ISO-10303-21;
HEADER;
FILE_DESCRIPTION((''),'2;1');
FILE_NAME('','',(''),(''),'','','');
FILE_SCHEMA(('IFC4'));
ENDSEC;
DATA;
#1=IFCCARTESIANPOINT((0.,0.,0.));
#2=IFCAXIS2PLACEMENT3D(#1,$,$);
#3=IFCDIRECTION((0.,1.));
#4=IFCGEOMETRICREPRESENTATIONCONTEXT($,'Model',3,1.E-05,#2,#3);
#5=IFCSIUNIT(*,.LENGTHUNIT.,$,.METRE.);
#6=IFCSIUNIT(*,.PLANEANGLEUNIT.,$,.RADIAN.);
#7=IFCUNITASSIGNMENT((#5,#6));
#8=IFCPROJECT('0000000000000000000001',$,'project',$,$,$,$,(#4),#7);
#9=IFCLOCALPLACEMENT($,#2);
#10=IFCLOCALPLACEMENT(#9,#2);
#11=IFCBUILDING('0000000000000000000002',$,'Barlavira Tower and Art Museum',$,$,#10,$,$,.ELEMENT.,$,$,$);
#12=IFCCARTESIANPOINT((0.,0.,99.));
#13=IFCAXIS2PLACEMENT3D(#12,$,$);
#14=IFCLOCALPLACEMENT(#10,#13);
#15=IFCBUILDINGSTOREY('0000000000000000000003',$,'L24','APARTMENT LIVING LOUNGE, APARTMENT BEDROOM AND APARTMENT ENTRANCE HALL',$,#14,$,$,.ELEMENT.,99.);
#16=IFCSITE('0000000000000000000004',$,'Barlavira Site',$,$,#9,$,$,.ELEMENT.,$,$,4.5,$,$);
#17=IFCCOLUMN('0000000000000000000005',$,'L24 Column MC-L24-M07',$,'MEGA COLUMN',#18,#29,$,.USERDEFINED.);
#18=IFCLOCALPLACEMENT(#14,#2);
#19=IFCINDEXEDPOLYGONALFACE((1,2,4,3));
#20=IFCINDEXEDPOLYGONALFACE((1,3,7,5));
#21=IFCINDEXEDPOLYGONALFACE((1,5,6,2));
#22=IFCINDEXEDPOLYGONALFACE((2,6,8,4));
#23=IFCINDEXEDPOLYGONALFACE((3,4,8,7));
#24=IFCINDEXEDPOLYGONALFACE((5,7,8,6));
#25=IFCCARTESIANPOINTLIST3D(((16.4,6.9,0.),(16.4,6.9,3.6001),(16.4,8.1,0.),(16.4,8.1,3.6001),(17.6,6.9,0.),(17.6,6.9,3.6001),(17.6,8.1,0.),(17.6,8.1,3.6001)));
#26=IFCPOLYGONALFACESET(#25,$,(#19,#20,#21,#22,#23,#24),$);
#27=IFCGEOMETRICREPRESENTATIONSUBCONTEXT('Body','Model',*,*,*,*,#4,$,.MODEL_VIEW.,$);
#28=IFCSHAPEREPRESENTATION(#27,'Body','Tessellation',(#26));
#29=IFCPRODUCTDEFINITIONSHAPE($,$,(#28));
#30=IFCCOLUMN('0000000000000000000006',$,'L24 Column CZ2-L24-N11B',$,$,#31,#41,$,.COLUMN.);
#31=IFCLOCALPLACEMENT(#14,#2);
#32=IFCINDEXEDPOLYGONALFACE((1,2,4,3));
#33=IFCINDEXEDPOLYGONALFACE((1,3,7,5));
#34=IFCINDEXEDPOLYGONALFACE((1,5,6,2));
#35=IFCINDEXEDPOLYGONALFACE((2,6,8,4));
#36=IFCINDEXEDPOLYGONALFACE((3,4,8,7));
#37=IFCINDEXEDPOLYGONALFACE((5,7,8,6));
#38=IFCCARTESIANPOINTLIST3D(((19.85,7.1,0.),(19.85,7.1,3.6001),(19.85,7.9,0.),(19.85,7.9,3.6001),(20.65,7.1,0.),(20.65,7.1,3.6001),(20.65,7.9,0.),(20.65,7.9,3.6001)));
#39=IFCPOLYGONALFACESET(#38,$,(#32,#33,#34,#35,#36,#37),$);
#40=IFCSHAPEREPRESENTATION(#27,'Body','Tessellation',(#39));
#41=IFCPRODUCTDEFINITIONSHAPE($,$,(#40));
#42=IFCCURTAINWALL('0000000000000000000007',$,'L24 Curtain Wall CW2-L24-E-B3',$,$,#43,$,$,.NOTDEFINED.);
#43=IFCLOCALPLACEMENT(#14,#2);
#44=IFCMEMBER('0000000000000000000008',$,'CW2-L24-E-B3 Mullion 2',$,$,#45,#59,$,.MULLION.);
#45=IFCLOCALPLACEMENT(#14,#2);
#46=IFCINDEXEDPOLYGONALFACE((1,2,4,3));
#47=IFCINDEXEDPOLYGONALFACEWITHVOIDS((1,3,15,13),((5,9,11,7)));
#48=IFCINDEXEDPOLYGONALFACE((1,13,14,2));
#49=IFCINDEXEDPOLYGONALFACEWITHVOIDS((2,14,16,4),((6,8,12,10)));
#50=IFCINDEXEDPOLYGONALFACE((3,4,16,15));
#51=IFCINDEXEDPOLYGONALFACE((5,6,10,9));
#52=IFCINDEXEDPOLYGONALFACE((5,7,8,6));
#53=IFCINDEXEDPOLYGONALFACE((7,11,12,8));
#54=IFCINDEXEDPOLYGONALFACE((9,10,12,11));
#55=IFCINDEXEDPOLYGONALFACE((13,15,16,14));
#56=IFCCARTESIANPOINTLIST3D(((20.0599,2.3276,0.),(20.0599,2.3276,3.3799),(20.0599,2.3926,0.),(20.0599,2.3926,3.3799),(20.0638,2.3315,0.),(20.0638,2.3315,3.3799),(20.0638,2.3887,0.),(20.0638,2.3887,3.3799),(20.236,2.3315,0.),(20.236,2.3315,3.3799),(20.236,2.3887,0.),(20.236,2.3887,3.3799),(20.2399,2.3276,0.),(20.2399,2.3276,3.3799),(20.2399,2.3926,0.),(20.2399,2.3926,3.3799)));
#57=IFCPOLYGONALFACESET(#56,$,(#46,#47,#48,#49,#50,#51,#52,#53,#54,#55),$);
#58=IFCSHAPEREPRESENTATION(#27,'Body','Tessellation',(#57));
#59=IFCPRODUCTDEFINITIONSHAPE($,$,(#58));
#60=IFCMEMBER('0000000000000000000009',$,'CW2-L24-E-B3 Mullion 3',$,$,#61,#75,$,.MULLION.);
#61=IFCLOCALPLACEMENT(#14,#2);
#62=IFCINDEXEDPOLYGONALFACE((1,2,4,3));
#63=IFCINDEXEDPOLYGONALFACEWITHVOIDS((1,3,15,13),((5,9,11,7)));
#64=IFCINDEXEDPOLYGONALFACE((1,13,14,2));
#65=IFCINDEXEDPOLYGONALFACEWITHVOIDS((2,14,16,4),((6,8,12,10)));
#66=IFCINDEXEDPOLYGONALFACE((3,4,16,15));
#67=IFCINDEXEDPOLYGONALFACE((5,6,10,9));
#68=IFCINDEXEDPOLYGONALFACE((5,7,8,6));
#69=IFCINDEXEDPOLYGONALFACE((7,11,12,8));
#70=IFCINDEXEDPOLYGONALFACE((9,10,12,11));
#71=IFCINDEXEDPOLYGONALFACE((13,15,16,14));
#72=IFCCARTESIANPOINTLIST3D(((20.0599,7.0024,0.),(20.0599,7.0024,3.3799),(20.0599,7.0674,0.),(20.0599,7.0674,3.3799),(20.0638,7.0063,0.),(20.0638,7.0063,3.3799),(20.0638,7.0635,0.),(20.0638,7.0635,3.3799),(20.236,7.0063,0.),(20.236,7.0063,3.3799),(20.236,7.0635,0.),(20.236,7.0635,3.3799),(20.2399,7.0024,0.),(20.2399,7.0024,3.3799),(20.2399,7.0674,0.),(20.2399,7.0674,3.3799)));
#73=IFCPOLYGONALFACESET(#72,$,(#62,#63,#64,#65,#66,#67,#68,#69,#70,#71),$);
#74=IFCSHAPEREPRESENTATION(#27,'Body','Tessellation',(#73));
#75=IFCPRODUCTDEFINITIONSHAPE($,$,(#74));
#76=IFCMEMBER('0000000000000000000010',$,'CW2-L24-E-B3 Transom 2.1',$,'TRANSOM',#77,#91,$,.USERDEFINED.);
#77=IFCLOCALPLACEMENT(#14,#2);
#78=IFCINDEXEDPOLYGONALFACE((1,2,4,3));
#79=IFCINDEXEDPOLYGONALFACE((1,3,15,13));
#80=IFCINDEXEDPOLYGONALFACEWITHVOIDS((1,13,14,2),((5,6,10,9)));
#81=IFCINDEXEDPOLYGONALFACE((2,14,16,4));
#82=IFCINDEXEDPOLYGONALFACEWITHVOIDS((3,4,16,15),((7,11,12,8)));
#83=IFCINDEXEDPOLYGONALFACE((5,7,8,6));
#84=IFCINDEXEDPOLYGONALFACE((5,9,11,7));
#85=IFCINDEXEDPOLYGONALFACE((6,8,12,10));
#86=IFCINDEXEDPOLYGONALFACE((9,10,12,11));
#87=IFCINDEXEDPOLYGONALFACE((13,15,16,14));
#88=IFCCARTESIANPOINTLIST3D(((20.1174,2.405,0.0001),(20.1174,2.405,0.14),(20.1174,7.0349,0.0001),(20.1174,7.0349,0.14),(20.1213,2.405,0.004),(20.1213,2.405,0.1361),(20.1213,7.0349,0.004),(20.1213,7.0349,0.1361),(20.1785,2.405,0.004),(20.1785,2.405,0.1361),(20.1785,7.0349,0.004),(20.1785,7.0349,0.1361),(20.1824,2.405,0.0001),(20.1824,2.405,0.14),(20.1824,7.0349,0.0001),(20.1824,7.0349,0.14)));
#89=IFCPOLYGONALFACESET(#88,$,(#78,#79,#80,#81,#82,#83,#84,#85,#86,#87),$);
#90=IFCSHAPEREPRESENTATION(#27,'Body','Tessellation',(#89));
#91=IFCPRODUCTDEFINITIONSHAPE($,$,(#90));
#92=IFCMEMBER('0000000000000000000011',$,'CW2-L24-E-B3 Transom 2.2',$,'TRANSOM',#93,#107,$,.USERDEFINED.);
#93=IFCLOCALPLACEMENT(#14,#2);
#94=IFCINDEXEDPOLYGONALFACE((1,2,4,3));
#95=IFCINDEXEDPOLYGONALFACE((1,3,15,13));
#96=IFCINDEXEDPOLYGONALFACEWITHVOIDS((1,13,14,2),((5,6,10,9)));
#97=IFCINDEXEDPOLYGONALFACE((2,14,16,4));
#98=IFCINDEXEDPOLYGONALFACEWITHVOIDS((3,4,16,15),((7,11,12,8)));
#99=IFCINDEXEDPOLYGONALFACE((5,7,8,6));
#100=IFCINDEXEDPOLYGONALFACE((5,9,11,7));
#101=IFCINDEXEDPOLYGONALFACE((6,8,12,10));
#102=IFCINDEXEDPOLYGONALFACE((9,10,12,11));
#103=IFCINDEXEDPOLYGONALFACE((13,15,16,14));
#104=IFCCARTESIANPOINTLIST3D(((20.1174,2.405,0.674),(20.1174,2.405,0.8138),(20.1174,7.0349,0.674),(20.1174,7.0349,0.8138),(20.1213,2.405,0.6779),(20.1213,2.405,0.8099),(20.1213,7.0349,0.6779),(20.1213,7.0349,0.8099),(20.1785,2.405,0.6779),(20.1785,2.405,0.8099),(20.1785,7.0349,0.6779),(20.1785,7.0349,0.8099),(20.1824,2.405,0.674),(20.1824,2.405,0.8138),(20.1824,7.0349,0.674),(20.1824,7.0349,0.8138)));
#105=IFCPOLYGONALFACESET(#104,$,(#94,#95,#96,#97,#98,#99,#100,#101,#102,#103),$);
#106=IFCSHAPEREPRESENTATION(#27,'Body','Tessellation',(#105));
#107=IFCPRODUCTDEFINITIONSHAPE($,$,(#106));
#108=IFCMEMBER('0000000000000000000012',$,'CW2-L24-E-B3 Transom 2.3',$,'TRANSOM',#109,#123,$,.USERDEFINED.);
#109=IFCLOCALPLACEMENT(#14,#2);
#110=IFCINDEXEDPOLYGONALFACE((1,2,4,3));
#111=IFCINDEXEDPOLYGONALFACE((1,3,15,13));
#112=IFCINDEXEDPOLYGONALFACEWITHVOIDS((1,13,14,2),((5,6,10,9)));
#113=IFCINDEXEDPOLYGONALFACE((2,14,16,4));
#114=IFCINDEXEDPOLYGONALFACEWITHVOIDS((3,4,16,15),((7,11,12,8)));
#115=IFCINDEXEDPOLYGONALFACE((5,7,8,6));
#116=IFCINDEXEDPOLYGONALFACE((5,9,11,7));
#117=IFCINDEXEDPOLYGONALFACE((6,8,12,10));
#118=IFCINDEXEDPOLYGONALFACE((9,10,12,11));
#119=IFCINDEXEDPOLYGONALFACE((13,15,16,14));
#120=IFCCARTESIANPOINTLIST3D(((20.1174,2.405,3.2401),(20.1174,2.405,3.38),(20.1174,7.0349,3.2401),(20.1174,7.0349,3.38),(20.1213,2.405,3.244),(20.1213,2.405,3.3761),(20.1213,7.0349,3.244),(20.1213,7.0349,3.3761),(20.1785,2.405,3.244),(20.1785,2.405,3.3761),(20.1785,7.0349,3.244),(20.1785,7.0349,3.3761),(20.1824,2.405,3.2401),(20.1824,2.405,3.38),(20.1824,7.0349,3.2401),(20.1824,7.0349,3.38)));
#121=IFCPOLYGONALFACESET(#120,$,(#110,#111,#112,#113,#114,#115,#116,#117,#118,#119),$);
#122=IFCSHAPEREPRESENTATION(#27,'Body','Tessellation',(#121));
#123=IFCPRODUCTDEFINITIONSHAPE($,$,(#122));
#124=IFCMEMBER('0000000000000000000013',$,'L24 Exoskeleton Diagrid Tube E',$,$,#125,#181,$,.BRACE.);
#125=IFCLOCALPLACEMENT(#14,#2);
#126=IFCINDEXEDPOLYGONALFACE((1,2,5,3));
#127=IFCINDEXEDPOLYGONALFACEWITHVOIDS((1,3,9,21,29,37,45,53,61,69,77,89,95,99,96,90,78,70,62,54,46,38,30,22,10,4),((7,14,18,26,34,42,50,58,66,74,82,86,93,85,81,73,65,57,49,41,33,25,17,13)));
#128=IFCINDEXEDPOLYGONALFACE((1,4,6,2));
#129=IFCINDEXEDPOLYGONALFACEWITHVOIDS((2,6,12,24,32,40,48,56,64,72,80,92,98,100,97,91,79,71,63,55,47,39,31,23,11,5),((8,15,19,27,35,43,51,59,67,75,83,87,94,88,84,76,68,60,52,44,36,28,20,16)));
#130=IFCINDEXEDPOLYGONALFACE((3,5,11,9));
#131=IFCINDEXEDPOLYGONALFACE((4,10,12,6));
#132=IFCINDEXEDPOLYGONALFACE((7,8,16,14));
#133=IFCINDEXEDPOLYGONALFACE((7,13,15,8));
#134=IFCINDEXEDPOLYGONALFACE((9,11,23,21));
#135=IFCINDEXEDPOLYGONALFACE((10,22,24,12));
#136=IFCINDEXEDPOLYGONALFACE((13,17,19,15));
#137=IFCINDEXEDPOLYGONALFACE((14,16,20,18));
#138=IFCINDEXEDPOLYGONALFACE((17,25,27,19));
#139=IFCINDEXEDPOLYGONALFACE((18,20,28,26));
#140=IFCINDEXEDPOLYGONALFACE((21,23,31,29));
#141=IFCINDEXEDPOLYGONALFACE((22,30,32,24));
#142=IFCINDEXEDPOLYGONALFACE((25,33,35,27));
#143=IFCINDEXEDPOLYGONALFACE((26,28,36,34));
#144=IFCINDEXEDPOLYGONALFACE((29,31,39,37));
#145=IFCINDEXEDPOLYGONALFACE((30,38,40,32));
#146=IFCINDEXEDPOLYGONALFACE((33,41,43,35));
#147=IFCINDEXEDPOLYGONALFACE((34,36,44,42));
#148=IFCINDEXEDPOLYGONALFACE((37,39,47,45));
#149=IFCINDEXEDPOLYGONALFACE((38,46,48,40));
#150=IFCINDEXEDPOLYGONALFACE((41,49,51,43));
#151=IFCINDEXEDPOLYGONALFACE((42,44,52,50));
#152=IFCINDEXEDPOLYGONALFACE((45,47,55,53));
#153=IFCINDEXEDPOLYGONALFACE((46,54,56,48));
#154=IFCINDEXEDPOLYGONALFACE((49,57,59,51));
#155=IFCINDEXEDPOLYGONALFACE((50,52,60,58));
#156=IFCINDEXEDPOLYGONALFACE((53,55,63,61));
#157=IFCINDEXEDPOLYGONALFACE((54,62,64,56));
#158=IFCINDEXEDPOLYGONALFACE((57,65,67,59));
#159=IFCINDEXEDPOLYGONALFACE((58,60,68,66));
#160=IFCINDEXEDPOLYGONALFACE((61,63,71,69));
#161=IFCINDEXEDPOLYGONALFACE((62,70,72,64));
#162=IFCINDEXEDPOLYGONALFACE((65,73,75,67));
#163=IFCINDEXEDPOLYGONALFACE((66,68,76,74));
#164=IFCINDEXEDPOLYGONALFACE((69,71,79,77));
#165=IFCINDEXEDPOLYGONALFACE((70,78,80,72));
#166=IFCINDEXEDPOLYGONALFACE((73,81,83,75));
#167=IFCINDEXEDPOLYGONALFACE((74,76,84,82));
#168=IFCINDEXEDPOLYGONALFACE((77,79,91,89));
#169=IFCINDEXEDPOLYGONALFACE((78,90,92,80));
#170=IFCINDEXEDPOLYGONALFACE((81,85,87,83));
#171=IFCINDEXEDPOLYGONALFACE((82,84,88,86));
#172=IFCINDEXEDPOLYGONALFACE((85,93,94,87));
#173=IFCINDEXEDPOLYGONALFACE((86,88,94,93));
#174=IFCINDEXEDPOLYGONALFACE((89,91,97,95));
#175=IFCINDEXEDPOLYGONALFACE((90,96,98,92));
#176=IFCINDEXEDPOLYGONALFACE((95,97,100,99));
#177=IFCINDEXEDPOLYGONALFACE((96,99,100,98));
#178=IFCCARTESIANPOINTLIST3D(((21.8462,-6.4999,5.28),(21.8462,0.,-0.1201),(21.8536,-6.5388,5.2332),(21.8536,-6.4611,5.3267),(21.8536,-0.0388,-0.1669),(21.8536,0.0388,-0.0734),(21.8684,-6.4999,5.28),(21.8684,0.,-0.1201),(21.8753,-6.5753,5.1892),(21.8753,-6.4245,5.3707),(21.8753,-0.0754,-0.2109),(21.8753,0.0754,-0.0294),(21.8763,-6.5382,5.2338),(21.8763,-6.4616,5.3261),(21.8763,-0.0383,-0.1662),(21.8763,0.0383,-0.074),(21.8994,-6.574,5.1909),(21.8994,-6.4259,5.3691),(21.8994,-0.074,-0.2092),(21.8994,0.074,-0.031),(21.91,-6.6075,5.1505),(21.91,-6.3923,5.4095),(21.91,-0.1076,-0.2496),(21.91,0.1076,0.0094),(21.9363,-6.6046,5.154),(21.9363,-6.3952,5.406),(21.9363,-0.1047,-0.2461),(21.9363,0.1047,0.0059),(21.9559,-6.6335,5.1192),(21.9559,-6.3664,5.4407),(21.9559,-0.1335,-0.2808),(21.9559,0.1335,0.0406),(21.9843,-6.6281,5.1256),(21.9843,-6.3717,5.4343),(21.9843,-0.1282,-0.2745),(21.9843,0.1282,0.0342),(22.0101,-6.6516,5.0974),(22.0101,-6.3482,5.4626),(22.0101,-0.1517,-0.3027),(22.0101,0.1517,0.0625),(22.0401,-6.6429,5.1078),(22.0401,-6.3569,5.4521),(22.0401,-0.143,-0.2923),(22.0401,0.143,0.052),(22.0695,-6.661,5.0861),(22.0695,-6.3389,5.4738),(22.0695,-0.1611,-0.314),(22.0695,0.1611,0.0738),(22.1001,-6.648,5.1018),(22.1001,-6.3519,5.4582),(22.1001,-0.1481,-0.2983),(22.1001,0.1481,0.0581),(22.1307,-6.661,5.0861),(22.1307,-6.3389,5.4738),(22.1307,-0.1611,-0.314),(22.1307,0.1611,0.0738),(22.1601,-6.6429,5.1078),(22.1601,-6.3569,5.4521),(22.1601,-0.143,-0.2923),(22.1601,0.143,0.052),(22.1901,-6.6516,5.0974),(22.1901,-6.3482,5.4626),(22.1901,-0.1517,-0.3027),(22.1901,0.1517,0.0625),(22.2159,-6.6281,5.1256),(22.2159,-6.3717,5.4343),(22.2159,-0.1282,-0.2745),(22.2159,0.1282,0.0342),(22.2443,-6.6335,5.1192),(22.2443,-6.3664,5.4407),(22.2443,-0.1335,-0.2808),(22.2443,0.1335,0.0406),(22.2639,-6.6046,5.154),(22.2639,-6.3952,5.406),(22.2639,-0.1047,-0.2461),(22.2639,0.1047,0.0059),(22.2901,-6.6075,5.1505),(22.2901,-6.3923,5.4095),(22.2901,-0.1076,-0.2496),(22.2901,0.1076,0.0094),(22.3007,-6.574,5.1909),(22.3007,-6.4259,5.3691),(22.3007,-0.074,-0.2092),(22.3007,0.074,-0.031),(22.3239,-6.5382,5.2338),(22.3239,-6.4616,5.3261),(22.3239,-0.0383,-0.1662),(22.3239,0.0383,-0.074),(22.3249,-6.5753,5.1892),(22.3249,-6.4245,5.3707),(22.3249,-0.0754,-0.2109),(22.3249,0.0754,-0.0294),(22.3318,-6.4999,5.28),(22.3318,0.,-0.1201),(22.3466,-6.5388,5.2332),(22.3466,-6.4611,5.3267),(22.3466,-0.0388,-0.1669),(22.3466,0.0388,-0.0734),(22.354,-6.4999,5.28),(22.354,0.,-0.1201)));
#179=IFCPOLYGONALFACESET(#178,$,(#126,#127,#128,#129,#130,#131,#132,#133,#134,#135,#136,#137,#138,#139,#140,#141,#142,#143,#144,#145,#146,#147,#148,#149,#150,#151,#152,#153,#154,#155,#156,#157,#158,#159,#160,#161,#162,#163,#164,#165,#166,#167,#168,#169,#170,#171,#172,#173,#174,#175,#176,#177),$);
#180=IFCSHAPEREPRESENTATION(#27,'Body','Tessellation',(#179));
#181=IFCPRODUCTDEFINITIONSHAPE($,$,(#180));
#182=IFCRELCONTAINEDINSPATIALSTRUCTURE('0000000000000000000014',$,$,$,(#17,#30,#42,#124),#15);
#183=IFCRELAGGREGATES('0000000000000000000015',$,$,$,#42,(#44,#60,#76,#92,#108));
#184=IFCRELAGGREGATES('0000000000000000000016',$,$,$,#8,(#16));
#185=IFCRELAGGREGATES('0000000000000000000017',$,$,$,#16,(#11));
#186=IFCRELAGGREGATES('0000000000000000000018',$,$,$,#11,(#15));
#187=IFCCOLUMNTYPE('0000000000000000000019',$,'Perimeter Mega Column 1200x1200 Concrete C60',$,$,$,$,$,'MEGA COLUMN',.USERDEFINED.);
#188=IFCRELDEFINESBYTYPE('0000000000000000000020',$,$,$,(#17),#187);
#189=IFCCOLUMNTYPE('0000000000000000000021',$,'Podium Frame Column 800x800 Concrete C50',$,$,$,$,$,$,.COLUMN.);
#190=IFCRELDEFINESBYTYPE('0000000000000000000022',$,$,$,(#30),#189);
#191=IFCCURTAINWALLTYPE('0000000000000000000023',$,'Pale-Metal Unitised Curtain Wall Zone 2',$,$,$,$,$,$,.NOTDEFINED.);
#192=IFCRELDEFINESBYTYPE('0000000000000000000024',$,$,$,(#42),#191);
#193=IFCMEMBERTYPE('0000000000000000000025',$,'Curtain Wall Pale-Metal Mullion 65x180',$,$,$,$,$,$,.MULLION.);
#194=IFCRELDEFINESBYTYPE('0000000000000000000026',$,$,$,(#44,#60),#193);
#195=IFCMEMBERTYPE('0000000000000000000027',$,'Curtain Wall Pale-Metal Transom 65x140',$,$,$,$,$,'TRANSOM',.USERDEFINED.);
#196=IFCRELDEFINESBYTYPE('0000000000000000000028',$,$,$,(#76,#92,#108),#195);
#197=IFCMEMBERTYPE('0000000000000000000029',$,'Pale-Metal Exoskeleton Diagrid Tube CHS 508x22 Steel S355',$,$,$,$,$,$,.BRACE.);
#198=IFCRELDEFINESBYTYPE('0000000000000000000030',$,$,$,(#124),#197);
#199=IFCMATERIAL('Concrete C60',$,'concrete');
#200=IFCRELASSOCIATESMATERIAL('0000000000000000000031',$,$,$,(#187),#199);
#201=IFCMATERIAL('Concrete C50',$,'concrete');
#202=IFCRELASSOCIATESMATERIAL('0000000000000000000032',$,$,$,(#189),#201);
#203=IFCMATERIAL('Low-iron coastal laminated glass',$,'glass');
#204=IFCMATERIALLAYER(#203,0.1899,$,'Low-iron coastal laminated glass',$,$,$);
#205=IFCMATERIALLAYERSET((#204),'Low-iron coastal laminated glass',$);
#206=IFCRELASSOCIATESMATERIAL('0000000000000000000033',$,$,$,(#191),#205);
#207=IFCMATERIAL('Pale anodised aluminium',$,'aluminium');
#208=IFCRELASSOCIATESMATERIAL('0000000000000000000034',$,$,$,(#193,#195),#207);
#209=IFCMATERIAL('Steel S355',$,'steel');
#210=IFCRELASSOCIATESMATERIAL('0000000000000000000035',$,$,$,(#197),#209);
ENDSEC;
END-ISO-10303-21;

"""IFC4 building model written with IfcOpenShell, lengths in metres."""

from ifc_helpers import new_model, si_unit, direction, frame, origin, origin_2d, place, context, subcontext, project, spatial, rectangle, hollow_rectangle, hollow_circle, extrude, material, layer, layer_set, material_profile, profile_set, type_object, element, aggregate, save


model = new_model("IFC4")

# Units and contexts
model_context = context("Model", 3, precision=1e-05, world=origin(), true_north=direction((0.0, 1.0)))
body_context = subcontext(model_context, "Body", "Model", "MODEL_VIEW")
ifc_project = project(units=[si_unit("LENGTHUNIT", "METRE"), si_unit("PLANEANGLEUNIT", "RADIAN")], contexts=[model_context])

# Site, building, storey
site_placement = place(None, origin())
site = spatial("IfcSite", under=ifc_project, at=site_placement, Name="Barlavira Site", CompositionType="ELEMENT", RefElevation=4.5)
building_placement = place(site_placement, origin())
building = spatial("IfcBuilding", under=site, at=building_placement, Name="Barlavira Tower and Art Museum", CompositionType="ELEMENT")
storey_placement = place(building_placement, frame((0.0, 0.0, 99.0)))
storey = spatial("IfcBuildingStorey", under=building, at=storey_placement, Name="L24", Description="APARTMENT LIVING LOUNGE, APARTMENT BEDROOM AND APARTMENT ENTRANCE HALL", CompositionType="ELEMENT", Elevation=99.0)

# Columns
ifc_material_1 = material(Name="Concrete C60", Category="concrete")
ifc_material_profile_1 = material_profile(ifc_material_1, rectangle(XDim=1.2, YDim=1.2, at=origin_2d()), Name="RC-COL 1200x1200")
ifc_profile_set_1 = profile_set([ifc_material_profile_1], Name="Concrete C60")
column_type_1 = type_object("IfcColumnType", Name="Perimeter Mega Column 1200x1200 Concrete C60", ElementType="MEGA COLUMN", PredefinedType="USERDEFINED", material=ifc_profile_set_1)
column_1_placement = place(storey_placement, frame((17.0, 7.5, 0.0), z_axis=(0.0, 0.0, 1.0), x_axis=(1.0, 0.0, 0.0)))
element("IfcColumn", 1, at=column_1_placement, inside=storey, type_object=column_type_1, Name="L24 Column MC-L24-M07", ObjectType="MEGA COLUMN", PredefinedType="USERDEFINED", context=body_context, shape_type="SweptSolid", body=[
    extrude(rectangle(XDim=1.2, YDim=1.2, at=origin_2d()), origin(), (0.0, 0.0, 1.0), 3.6001),
])
ifc_material_2 = material(Name="Concrete C50", Category="concrete")
ifc_material_profile_2 = material_profile(ifc_material_2, rectangle(XDim=0.8, YDim=0.8, at=origin_2d()), Name="RC-COL 800x800")
ifc_profile_set_2 = profile_set([ifc_material_profile_2], Name="Concrete C50")
column_type_2 = type_object("IfcColumnType", Name="Podium Frame Column 800x800 Concrete C50", PredefinedType="COLUMN", material=ifc_profile_set_2)
column_2_placement = place(storey_placement, frame((20.25, 7.5, 0.0), z_axis=(0.0, 0.0, 1.0), x_axis=(1.0, 0.0, 0.0)))
element("IfcColumn", 2, at=column_2_placement, inside=storey, type_object=column_type_2, Name="L24 Column CZ2-L24-N11B", PredefinedType="COLUMN", context=body_context, shape_type="SweptSolid", body=[
    extrude(rectangle(XDim=0.8, YDim=0.8, at=origin_2d()), origin(), (0.0, 0.0, 1.0), 3.6001),
])

# Curtain wall, members
ifc_material_3 = material(Name="Low-iron coastal laminated glass", Category="glass")
ifc_layer_1 = layer(ifc_material_3, 0.1899, Name="Low-iron coastal laminated glass")
ifc_layer_set_1 = layer_set([ifc_layer_1], Name="Low-iron coastal laminated glass")
curtain_wall_type = type_object("IfcCurtainWallType", Name="Pale-Metal Unitised Curtain Wall Zone 2", PredefinedType="NOTDEFINED", material=ifc_layer_set_1)
curtain_wall_placement = place(storey_placement, origin())
curtain_wall = element("IfcCurtainWall", 3, at=curtain_wall_placement, inside=storey, type_object=curtain_wall_type, Name="L24 Curtain Wall CW2-L24-E-B3", PredefinedType="NOTDEFINED")
ifc_material_4 = material(Name="Pale anodised aluminium", Category="aluminium")
ifc_material_profile_3 = material_profile(ifc_material_4, hollow_rectangle(XDim=0.0649, YDim=0.1799, WallThickness=0.0039, at=origin_2d()), Name="ALU-MULL 65x180x4")
ifc_profile_set_3 = profile_set([ifc_material_profile_3], Name="Pale anodised aluminium")
member_type_1 = type_object("IfcMemberType", Name="Curtain Wall Pale-Metal Mullion 65x180", PredefinedType="MULLION", material=ifc_profile_set_3)
member_1_placement = place(storey_placement, frame((20.1499, 2.3601, 0.0), z_axis=(0.0, 0.0, 1.0), x_axis=(0.0, 1.0, 0.0)))
member_1 = element("IfcMember", 4, at=member_1_placement, type_object=member_type_1, Name="CW2-L24-E-B3 Mullion 2", PredefinedType="MULLION", context=body_context, shape_type="SweptSolid", body=[
    extrude(hollow_rectangle(XDim=0.0649, YDim=0.1799, WallThickness=0.0039, at=origin_2d()), origin(), (0.0, 0.0, 1.0), 3.3799),
])
member_2_placement = place(storey_placement, frame((20.1499, 7.0349, 0.0), z_axis=(0.0, 0.0, 1.0), x_axis=(0.0, 1.0, 0.0)))
member_2 = element("IfcMember", 5, at=member_2_placement, type_object=member_type_1, Name="CW2-L24-E-B3 Mullion 3", PredefinedType="MULLION", context=body_context, shape_type="SweptSolid", body=[
    extrude(hollow_rectangle(XDim=0.0649, YDim=0.1799, WallThickness=0.0039, at=origin_2d()), origin(), (0.0, 0.0, 1.0), 3.3799),
])
ifc_material_profile_4 = material_profile(ifc_material_4, hollow_rectangle(XDim=0.0649, YDim=0.1399, WallThickness=0.0039, at=origin_2d()), Name="ALU-TRAN 65x140x4")
ifc_profile_set_4 = profile_set([ifc_material_profile_4], Name="Pale anodised aluminium")
member_type_2 = type_object("IfcMemberType", Name="Curtain Wall Pale-Metal Transom 65x140", ElementType="TRANSOM", PredefinedType="USERDEFINED", material=ifc_profile_set_4)
member_3_placement = place(storey_placement, frame((20.1499, 2.405, 0.0701), z_axis=(0.0, 1.0, 0.0), x_axis=(-1.0, 0.0, 0.0)))
member_3 = element("IfcMember", 6, at=member_3_placement, type_object=member_type_2, Name="CW2-L24-E-B3 Transom 2.1", ObjectType="TRANSOM", PredefinedType="USERDEFINED", context=body_context, shape_type="SweptSolid", body=[
    extrude(hollow_rectangle(XDim=0.0649, YDim=0.1399, WallThickness=0.0039, at=origin_2d()), origin(), (0.0, 0.0, 1.0), 4.6299),
])
member_4_placement = place(storey_placement, frame((20.1499, 2.405, 0.7439), z_axis=(0.0, 1.0, 0.0), x_axis=(-1.0, 0.0, 0.0)))
member_4 = element("IfcMember", 7, at=member_4_placement, type_object=member_type_2, Name="CW2-L24-E-B3 Transom 2.2", ObjectType="TRANSOM", PredefinedType="USERDEFINED", context=body_context, shape_type="SweptSolid", body=[
    extrude(hollow_rectangle(XDim=0.0649, YDim=0.1399, WallThickness=0.0039, at=origin_2d()), origin(), (0.0, 0.0, 1.0), 4.6299),
])
member_5_placement = place(storey_placement, frame((20.1499, 2.405, 3.3101), z_axis=(0.0, 1.0, 0.0), x_axis=(-1.0, 0.0, 0.0)))
member_5 = element("IfcMember", 8, at=member_5_placement, type_object=member_type_2, Name="CW2-L24-E-B3 Transom 2.3", ObjectType="TRANSOM", PredefinedType="USERDEFINED", context=body_context, shape_type="SweptSolid", body=[
    extrude(hollow_rectangle(XDim=0.0649, YDim=0.1399, WallThickness=0.0039, at=origin_2d()), origin(), (0.0, 0.0, 1.0), 4.6299),
])

# Member
ifc_material_5 = material(Name="Steel S355", Category="steel")
ifc_material_profile_5 = material_profile(ifc_material_5, hollow_circle(Radius=0.2539, WallThickness=0.0222, at=origin_2d()), Name="CHS 508.0x22.2")
ifc_profile_set_5 = profile_set([ifc_material_profile_5], Name="Steel S355")
member_type_3 = type_object("IfcMemberType", Name="Pale-Metal Exoskeleton Diagrid Tube CHS 508x22 Steel S355", PredefinedType="BRACE", material=ifc_profile_set_5)
for number, where, z_axis, x_axis, name in (
    (9, (22.1001, 0.0, -0.1201), (0.0, -0.769182, 0.63903), (1.0, 0.0, 0.0), "L24 Exoskeleton Diagrid Tube E"),
):
    element("IfcMember", number, at=place(storey_placement, frame(where, z_axis=z_axis, x_axis=x_axis)), inside=storey, type_object=member_type_3, Name=name, PredefinedType="BRACE", context=body_context, shape_type="SweptSolid", body=[
        extrude(hollow_circle(Radius=0.2539, WallThickness=0.0222, at=origin_2d()), origin(), (0.0, 0.0, 1.0), 8.4504),
    ])

aggregate(curtain_wall, [member_1, member_2, member_3, member_4, member_5])

save(model, "model.ifc")
